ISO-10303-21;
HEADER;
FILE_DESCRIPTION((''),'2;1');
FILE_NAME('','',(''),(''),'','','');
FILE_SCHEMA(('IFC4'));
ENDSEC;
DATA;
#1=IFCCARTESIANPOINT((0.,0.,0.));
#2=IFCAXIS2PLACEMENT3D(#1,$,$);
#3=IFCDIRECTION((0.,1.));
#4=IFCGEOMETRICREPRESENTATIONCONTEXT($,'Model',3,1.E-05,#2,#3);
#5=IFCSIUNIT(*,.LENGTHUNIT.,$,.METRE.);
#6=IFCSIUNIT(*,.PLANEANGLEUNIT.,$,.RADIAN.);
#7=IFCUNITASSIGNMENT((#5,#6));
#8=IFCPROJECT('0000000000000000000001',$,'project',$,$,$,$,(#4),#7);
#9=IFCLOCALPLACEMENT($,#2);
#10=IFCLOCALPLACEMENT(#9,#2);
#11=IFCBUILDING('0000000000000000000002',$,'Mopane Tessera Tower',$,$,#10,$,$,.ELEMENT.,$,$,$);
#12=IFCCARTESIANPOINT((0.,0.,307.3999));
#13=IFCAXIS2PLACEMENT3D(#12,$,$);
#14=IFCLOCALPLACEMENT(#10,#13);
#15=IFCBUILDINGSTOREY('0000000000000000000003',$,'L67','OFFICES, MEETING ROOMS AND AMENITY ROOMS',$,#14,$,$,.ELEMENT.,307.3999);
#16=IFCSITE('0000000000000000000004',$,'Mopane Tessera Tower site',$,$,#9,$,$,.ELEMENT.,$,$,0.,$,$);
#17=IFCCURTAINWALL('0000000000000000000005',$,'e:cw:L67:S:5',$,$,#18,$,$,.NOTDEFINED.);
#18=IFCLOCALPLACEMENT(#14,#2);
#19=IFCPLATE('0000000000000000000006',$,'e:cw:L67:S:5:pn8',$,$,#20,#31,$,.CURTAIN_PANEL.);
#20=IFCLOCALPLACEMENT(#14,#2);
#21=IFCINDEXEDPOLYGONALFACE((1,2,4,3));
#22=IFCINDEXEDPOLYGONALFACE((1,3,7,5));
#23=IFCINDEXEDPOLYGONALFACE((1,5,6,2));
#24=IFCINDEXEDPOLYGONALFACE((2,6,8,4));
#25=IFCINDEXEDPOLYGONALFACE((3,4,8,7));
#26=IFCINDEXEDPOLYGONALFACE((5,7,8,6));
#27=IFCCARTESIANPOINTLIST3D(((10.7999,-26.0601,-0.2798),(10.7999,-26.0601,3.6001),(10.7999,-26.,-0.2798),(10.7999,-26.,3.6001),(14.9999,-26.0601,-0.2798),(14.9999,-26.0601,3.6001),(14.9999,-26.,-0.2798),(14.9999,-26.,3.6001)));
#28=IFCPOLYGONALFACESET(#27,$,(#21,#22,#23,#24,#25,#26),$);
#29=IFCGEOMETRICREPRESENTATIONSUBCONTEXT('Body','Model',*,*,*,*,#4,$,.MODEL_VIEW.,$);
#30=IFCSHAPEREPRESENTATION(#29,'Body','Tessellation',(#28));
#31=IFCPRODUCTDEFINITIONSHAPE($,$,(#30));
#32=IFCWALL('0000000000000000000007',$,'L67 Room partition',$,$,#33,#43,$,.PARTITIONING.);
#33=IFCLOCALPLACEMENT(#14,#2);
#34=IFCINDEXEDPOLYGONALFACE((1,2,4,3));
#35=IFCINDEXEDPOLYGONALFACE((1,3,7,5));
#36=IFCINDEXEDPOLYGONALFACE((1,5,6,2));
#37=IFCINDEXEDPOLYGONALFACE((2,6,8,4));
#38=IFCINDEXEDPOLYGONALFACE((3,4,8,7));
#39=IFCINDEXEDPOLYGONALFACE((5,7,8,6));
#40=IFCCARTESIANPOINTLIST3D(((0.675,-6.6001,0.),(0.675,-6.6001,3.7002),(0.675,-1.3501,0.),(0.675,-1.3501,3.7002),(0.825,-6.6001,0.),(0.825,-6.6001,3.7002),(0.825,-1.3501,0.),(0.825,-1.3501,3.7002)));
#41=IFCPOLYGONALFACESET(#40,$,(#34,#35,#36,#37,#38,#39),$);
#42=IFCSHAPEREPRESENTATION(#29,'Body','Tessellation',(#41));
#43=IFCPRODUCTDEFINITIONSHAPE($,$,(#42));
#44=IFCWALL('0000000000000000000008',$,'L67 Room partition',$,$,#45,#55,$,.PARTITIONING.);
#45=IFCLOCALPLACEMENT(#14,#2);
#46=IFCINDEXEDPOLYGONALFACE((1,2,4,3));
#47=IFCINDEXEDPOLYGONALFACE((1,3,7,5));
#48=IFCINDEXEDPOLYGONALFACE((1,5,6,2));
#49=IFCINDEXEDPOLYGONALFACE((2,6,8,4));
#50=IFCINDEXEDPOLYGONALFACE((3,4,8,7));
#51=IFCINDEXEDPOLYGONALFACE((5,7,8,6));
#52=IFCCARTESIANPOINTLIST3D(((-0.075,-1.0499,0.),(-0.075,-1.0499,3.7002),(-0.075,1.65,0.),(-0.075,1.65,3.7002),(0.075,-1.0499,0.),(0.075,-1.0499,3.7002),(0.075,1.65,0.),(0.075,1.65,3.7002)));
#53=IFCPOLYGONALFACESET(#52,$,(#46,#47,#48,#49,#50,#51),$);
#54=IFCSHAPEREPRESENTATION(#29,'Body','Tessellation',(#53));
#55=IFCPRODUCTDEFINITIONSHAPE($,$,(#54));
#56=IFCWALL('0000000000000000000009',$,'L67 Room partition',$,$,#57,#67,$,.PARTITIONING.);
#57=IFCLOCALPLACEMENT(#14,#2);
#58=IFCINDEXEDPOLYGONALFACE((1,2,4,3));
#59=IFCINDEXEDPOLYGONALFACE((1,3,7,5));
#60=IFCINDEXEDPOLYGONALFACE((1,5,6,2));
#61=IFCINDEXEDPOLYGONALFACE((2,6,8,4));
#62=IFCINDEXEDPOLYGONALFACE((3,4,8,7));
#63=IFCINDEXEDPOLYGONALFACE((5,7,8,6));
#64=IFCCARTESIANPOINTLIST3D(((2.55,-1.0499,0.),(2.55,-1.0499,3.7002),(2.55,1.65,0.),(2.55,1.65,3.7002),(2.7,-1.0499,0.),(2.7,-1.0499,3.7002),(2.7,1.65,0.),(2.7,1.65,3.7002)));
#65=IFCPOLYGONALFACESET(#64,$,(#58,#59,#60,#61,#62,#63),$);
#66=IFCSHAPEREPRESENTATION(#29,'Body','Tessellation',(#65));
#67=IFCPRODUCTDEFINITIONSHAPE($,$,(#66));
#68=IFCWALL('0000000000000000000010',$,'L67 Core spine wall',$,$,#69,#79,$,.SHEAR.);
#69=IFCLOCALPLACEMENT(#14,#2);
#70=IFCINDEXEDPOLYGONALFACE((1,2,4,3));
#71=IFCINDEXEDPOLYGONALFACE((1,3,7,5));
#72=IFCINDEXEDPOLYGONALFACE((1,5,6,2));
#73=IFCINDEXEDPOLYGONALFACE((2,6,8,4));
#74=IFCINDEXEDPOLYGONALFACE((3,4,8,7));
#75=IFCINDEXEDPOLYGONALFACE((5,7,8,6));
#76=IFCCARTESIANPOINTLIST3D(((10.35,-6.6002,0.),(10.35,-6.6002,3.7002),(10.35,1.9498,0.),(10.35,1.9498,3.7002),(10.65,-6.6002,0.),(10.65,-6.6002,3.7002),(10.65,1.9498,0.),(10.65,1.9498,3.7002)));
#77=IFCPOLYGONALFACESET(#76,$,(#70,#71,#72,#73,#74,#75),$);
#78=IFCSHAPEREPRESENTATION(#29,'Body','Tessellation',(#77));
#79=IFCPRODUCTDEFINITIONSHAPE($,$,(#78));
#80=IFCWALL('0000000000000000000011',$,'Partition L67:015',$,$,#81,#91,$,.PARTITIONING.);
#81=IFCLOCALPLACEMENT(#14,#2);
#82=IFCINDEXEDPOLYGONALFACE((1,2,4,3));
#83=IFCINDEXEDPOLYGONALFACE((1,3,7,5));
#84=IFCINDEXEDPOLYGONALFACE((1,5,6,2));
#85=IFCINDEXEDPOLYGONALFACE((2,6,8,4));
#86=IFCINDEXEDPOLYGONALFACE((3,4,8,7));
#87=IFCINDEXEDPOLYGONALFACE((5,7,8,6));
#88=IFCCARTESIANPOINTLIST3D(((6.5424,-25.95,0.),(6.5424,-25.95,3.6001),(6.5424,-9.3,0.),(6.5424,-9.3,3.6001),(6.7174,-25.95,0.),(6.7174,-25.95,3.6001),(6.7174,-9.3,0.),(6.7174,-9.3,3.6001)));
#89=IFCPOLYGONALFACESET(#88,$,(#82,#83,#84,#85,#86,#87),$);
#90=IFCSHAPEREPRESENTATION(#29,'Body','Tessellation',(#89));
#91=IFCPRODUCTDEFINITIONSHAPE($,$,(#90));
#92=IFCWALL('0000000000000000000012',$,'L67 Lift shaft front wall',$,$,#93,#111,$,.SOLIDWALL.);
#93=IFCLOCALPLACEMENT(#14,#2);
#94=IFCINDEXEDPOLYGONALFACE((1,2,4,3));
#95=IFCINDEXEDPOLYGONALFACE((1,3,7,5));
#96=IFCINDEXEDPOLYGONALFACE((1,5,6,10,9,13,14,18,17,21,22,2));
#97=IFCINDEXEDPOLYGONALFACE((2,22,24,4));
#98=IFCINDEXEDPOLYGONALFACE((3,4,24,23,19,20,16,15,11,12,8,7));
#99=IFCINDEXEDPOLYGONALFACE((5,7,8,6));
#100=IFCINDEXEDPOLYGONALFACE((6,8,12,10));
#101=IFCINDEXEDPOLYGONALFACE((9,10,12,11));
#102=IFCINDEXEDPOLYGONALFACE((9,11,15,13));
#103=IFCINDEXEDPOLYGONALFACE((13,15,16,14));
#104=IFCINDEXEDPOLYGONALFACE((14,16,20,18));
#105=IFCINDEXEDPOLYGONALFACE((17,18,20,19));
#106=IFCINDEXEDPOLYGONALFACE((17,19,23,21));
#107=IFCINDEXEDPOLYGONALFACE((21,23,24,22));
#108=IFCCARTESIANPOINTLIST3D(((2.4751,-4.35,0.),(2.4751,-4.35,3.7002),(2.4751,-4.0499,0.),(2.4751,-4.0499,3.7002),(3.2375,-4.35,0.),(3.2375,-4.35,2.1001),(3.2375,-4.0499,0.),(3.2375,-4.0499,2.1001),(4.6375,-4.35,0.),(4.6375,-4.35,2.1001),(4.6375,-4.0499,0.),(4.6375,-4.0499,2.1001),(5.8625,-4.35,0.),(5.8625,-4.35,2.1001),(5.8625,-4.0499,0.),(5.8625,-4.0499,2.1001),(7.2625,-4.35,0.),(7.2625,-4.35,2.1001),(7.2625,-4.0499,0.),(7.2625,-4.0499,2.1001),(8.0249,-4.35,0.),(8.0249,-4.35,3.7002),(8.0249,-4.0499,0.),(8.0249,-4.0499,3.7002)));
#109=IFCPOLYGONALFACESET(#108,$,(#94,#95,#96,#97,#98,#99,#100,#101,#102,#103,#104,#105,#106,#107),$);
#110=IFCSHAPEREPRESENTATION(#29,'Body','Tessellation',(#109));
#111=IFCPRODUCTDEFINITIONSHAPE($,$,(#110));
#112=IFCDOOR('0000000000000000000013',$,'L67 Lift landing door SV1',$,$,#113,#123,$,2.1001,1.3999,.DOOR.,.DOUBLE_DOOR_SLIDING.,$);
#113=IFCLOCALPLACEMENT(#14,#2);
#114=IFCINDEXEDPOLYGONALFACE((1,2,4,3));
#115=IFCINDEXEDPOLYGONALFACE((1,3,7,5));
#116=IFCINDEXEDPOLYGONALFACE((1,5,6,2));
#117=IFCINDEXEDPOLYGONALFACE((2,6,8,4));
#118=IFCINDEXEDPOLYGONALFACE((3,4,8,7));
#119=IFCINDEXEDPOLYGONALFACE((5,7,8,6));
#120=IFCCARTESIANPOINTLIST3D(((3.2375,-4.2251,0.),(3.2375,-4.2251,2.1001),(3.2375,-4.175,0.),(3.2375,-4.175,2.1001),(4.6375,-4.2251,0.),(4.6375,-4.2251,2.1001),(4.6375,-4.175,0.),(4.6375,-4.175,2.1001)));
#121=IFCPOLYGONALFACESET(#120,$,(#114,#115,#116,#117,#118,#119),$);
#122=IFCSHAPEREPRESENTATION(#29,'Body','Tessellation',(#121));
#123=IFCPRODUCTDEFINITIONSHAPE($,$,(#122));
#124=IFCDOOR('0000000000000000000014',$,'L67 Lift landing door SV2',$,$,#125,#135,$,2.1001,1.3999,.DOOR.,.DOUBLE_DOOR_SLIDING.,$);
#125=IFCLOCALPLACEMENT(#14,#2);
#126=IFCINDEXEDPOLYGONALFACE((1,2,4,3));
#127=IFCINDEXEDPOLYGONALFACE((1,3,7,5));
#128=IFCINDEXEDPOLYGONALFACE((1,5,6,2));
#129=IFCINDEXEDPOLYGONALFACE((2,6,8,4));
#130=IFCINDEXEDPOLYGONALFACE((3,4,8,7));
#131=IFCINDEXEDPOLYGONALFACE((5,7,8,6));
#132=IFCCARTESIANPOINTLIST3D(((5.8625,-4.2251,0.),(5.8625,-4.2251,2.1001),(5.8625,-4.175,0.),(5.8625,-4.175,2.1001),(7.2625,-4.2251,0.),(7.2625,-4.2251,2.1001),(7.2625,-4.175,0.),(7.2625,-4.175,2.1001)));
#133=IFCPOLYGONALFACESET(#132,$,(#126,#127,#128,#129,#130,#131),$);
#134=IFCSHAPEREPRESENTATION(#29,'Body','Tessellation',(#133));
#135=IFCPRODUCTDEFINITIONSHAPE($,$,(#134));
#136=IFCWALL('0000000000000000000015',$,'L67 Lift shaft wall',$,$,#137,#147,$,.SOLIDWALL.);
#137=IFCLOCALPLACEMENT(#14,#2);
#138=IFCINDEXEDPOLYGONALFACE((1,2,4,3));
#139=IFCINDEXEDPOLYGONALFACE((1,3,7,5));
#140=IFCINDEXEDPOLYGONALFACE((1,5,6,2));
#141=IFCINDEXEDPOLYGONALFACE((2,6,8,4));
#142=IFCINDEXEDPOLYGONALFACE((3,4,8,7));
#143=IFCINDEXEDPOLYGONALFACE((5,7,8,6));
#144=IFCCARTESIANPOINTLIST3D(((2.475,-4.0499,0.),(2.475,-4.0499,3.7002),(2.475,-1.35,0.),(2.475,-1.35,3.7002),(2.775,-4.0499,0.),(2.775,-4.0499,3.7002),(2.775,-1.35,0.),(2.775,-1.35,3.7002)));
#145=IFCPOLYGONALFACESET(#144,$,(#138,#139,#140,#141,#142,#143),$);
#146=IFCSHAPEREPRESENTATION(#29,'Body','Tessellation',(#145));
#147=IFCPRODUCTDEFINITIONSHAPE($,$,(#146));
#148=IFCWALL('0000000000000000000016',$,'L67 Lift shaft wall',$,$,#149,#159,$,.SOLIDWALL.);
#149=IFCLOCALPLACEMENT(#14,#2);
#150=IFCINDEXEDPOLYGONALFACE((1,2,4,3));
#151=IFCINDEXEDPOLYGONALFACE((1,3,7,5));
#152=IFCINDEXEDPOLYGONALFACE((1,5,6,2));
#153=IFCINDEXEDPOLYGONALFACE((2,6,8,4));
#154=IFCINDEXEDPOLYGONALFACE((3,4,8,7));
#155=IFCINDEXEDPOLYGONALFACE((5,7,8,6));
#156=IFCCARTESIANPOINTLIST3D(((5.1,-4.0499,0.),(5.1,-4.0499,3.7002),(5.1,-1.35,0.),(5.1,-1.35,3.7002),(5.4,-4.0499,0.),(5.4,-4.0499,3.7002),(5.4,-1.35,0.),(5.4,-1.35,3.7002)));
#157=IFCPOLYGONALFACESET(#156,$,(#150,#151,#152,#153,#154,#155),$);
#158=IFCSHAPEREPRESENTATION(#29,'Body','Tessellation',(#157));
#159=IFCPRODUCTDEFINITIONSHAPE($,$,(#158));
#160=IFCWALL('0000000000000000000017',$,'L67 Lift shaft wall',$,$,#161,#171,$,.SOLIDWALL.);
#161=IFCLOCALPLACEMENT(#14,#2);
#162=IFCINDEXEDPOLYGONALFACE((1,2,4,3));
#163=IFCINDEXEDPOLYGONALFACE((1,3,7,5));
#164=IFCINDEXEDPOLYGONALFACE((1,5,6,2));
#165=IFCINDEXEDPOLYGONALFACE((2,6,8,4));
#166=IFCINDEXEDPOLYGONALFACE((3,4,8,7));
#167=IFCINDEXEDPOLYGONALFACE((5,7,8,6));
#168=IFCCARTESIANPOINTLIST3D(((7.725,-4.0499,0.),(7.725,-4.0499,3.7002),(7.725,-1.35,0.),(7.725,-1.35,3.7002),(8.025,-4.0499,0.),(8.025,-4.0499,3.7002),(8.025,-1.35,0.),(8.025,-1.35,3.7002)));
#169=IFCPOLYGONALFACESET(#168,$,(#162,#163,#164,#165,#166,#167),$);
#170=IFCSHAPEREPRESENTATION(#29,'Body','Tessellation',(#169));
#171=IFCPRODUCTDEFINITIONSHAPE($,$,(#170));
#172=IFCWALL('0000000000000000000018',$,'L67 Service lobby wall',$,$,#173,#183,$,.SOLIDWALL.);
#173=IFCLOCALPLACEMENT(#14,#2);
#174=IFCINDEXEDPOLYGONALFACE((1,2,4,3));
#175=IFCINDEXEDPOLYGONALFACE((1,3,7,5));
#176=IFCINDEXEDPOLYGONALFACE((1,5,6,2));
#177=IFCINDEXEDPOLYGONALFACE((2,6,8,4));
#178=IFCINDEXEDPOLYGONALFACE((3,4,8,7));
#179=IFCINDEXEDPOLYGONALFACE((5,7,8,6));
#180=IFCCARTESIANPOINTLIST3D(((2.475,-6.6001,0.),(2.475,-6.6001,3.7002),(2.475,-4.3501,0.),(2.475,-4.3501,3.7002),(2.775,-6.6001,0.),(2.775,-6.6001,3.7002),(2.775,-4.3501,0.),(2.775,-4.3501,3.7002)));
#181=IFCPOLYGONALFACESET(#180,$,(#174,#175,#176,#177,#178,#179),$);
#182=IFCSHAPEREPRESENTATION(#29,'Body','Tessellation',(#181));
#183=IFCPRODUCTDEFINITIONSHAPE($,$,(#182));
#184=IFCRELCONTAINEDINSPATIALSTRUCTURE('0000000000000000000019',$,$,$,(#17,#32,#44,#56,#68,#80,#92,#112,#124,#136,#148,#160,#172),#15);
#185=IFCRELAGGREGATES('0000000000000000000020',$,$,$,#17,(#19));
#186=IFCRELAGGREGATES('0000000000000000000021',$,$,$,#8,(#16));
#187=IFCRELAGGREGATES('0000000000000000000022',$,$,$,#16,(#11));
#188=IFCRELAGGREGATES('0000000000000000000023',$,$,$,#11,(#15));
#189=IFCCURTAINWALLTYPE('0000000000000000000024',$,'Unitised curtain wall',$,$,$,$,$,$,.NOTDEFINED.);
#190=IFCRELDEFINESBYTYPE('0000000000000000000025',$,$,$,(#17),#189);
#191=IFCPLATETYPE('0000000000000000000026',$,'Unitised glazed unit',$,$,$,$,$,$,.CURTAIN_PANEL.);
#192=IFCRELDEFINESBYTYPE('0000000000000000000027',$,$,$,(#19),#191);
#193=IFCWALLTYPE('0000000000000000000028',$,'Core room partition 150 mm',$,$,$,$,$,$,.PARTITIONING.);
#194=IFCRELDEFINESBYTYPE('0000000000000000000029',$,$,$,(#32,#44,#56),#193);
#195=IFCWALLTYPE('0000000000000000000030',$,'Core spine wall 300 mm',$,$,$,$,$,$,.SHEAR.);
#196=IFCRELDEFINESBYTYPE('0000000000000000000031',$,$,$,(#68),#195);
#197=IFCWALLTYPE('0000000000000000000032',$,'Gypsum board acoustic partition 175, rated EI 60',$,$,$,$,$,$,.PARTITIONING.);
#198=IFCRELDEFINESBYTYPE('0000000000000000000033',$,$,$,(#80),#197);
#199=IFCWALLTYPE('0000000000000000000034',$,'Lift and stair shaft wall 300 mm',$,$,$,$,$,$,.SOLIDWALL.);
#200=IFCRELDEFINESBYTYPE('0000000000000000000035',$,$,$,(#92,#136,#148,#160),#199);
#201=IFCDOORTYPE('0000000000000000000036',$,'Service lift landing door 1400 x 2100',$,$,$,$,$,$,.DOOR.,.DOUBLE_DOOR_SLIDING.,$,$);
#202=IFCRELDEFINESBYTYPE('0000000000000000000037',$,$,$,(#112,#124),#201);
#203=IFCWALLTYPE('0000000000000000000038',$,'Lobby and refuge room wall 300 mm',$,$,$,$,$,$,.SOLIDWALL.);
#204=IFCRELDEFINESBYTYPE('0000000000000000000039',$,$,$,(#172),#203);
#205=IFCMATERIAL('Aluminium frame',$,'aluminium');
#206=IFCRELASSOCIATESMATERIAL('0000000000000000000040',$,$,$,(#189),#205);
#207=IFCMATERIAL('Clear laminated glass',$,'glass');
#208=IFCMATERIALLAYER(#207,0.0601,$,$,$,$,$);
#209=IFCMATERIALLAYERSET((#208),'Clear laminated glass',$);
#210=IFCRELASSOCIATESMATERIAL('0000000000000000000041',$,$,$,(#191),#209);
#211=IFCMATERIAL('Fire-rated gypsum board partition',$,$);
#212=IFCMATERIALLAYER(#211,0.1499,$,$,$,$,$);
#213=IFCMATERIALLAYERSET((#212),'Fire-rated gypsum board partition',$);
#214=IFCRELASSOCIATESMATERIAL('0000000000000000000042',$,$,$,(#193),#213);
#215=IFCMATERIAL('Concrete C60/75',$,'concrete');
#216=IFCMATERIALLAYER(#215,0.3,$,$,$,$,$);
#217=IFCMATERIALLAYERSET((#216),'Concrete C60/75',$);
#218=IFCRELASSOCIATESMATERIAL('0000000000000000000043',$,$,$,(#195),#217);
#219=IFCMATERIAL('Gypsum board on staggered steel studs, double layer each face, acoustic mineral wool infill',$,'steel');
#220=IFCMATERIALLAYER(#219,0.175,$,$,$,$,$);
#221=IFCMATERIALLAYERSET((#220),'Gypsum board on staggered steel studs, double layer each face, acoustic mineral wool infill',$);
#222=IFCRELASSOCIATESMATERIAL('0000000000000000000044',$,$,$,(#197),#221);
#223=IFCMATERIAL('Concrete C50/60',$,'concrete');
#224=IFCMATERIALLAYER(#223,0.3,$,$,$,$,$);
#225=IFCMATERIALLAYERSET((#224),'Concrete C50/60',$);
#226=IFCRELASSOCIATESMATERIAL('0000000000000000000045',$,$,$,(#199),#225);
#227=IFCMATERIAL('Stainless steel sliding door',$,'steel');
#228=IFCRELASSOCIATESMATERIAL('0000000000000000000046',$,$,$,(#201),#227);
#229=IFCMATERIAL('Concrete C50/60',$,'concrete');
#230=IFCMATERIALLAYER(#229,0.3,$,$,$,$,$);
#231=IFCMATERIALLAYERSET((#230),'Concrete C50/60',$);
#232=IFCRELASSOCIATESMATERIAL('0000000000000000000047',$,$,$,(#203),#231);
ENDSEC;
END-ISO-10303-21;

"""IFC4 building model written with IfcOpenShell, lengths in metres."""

from ifc_helpers import new_model, si_unit, direction, frame, frame_2d, origin, origin_2d, place, context, subcontext, project, spatial, rectangle, extrude, material, layer, layer_set, type_object, element, fill, aggregate, save


model = new_model("IFC4")

# Units and contexts
model_context = context("Model", 3, precision=1e-05, world=origin(), true_north=direction((0.0, 1.0)))
body_context = subcontext(model_context, "Body", "Model", "MODEL_VIEW")
ifc_project = project(units=[si_unit("LENGTHUNIT", "METRE"), si_unit("PLANEANGLEUNIT", "RADIAN")], contexts=[model_context])

# Site, building, storey
site_placement = place(None, origin())
site = spatial("IfcSite", under=ifc_project, at=site_placement, Name="Mopane Tessera Tower site", CompositionType="ELEMENT", RefElevation=0.0)
building_placement = place(site_placement, origin())
building = spatial("IfcBuilding", under=site, at=building_placement, Name="Mopane Tessera Tower", CompositionType="ELEMENT")
storey_placement = place(building_placement, frame((0.0, 0.0, 307.3999)))
storey = spatial("IfcBuildingStorey", under=building, at=storey_placement, Name="L67", Description="OFFICES, MEETING ROOMS AND AMENITY ROOMS", CompositionType="ELEMENT", Elevation=307.3999)

# Curtain wall
ifc_material_1 = material(Name="Aluminium frame", Category="aluminium")
curtain_wall_type = type_object("IfcCurtainWallType", Name="Unitised curtain wall", PredefinedType="NOTDEFINED", material=ifc_material_1)
curtain_wall_1_placement = place(storey_placement, origin())
curtain_wall_1 = element("IfcCurtainWall", 1, at=curtain_wall_1_placement, inside=storey, type_object=curtain_wall_type, Name="e:cw:L67:S:5", PredefinedType="NOTDEFINED")

# Plate
ifc_material_2 = material(Name="Clear laminated glass", Category="glass")
ifc_layer_1 = layer(ifc_material_2, 0.0601)
ifc_layer_set_1 = layer_set([ifc_layer_1], Name="Clear laminated glass")
plate_type = type_object("IfcPlateType", Name="Unitised glazed unit", PredefinedType="CURTAIN_PANEL", material=ifc_layer_set_1)
plate_1_placement = place(storey_placement, frame((12.8999, -26.03, -0.2798), z_axis=(0.0, 0.0, 1.0), x_axis=(1.0, 0.0, 0.0)))
plate_1 = element("IfcPlate", 2, at=plate_1_placement, type_object=plate_type, Name="e:cw:L67:S:5:pn8", PredefinedType="CURTAIN_PANEL", context=body_context, shape_type="SweptSolid", body=[
    extrude(rectangle(XDim=4.2, YDim=0.0601, at=origin_2d()), origin(), (0.0, 0.0, 1.0), 3.8799),
])
aggregate(curtain_wall_1, [plate_1])

# Walls
ifc_material_3 = material(Name="Fire-rated gypsum board partition")
ifc_layer_2 = layer(ifc_material_3, 0.1499)
ifc_layer_set_2 = layer_set([ifc_layer_2], Name="Fire-rated gypsum board partition")
wall_type_1 = type_object("IfcWallType", Name="Core room partition 150 mm", PredefinedType="PARTITIONING", material=ifc_layer_set_2)
wall_1_placement = place(storey_placement, frame((0.75, -6.6001, 0.0), z_axis=(0.0, 0.0, 1.0), x_axis=(0.0, 1.0, 0.0)))
element("IfcWall", 3, at=wall_1_placement, inside=storey, type_object=wall_type_1, Name="L67 Room partition", PredefinedType="PARTITIONING", context=body_context, shape_type="SweptSolid", body=[
    extrude(rectangle(XDim=5.25, YDim=0.1499, at=frame_2d((2.625, 0.0))), origin(), (0.0, 0.0, 1.0), 3.7002),
])
for number, where, z_axis, x_axis, name in (
    (4, (0.0, -1.05, 0.0), (0.0, 0.0, 1.0), (0.0, 1.0, 0.0), "L67 Room partition"),
    (5, (2.625, -1.05, 0.0), (0.0, 0.0, 1.0), (0.0, 1.0, 0.0), "L67 Room partition"),
):
    element("IfcWall", number, at=place(storey_placement, frame(where, z_axis=z_axis, x_axis=x_axis)), inside=storey, type_object=wall_type_1, Name=name, PredefinedType="PARTITIONING", context=body_context, shape_type="SweptSolid", body=[
        extrude(rectangle(XDim=2.7, YDim=0.1499, at=frame_2d((1.3501, 0.0))), origin(), (0.0, 0.0, 1.0), 3.7002),
    ])
ifc_material_4 = material(Name="Concrete C60/75", Category="concrete")
ifc_layer_3 = layer(ifc_material_4, 0.3)
ifc_layer_set_3 = layer_set([ifc_layer_3], Name="Concrete C60/75")
wall_type_2 = type_object("IfcWallType", Name="Core spine wall 300 mm", PredefinedType="SHEAR", material=ifc_layer_set_3)
wall_2_placement = place(storey_placement, frame((10.5, -6.6001, 0.0), z_axis=(0.0, 0.0, 1.0), x_axis=(0.0, 1.0, 0.0)))
element("IfcWall", 6, at=wall_2_placement, inside=storey, type_object=wall_type_2, Name="L67 Core spine wall", PredefinedType="SHEAR", context=body_context, shape_type="SweptSolid", body=[
    extrude(rectangle(XDim=8.55, YDim=0.3, at=frame_2d((4.2749, 0.0))), origin(), (0.0, 0.0, 1.0), 3.7002),
])
ifc_material_5 = material(Name="Gypsum board on staggered steel studs, double layer each face, acoustic mineral wool infill", Category="steel")
ifc_layer_4 = layer(ifc_material_5, 0.175)
ifc_layer_set_4 = layer_set([ifc_layer_4], Name="Gypsum board on staggered steel studs, double layer each face, acoustic mineral wool infill")
wall_type_3 = type_object("IfcWallType", Name="Gypsum board acoustic partition 175, rated EI 60", PredefinedType="PARTITIONING", material=ifc_layer_set_4)
wall_3_placement = place(storey_placement, frame((6.6299, -25.95, 0.0), z_axis=(0.0, 0.0, 1.0), x_axis=(0.0, 1.0, 0.0)))
element("IfcWall", 7, at=wall_3_placement, inside=storey, type_object=wall_type_3, Name="Partition L67:015", PredefinedType="PARTITIONING", context=body_context, shape_type="SweptSolid", body=[
    extrude(rectangle(XDim=16.6499, YDim=0.175, at=frame_2d((8.325, 0.0))), origin(), (0.0, 0.0, 1.0), 3.6001),
])

# Wall, openings, doors
ifc_material_6 = material(Name="Concrete C50/60", Category="concrete")
ifc_layer_5 = layer(ifc_material_6, 0.3)
ifc_layer_set_5 = layer_set([ifc_layer_5], Name="Concrete C50/60")
wall_type_4 = type_object("IfcWallType", Name="Lift and stair shaft wall 300 mm", PredefinedType="SOLIDWALL", material=ifc_layer_set_5)
wall_4_placement = place(storey_placement, frame((2.4751, -4.2, 0.0), z_axis=(0.0, 0.0, 1.0), x_axis=(1.0, 0.0, 0.0)))
wall_4 = element("IfcWall", 8, at=wall_4_placement, inside=storey, type_object=wall_type_4, Name="L67 Lift shaft front wall", PredefinedType="SOLIDWALL", context=body_context, shape_type="SweptSolid", body=[
    extrude(rectangle(XDim=5.5498, YDim=0.3, at=frame_2d((2.7749, 0.0))), origin(), (0.0, 0.0, 1.0), 3.7002),
])
opening_1_placement = place(wall_4_placement, frame((0.7625, 0.0, 0.0)))
opening_1 = element("IfcOpeningElement", 9, at=opening_1_placement, cuts=wall_4, PredefinedType="OPENING", context=body_context, shape_type="SweptSolid", body=[
    extrude(rectangle(XDim=1.3999, YDim=2.1001, at=frame_2d((0.7, 1.05))), frame((0.0, 0.1621, 0.0), z_axis=(0.0, -1.0, 0.0), x_axis=(1.0, 0.0, 0.0)), (0.0, 0.0, 1.0), 0.324),
])
opening_2_placement = place(wall_4_placement, frame((3.3875, 0.0, 0.0)))
opening_2 = element("IfcOpeningElement", 10, at=opening_2_placement, cuts=wall_4, PredefinedType="OPENING", context=body_context, shape_type="SweptSolid", body=[
    extrude(rectangle(XDim=1.3999, YDim=2.1001, at=frame_2d((0.7, 1.05))), frame((0.0, 0.1621, 0.0), z_axis=(0.0, -1.0, 0.0), x_axis=(1.0, 0.0, 0.0)), (0.0, 0.0, 1.0), 0.324),
])
ifc_material_7 = material(Name="Stainless steel sliding door", Category="steel")
door_type = type_object("IfcDoorType", Name="Service lift landing door 1400 x 2100", OperationType="DOUBLE_DOOR_SLIDING", PredefinedType="DOOR", material=ifc_material_7)
door_1_placement = place(opening_1_placement, origin())
door_1 = element("IfcDoor", 11, at=door_1_placement, inside=storey, type_object=door_type, Name="L67 Lift landing door SV1", OperationType="DOUBLE_DOOR_SLIDING", OverallHeight=2.1001, OverallWidth=1.3999, PredefinedType="DOOR", context=body_context, shape_type="SweptSolid", body=[
    extrude(rectangle(XDim=1.3999, YDim=2.1001, at=frame_2d((0.7, 1.05))), frame((0.0, 0.0249, 0.0), z_axis=(0.0, -1.0, 0.0), x_axis=(1.0, 0.0, 0.0)), (0.0, 0.0, 1.0), 0.05),
])
fill(opening_1, door_1)
door_2_placement = place(opening_2_placement, origin())
door_2 = element("IfcDoor", 12, at=door_2_placement, inside=storey, type_object=door_type, Name="L67 Lift landing door SV2", OperationType="DOUBLE_DOOR_SLIDING", OverallHeight=2.1001, OverallWidth=1.3999, PredefinedType="DOOR", context=body_context, shape_type="SweptSolid", body=[
    extrude(rectangle(XDim=1.3999, YDim=2.1001, at=frame_2d((0.7, 1.05))), frame((0.0, 0.0249, 0.0), z_axis=(0.0, -1.0, 0.0), x_axis=(1.0, 0.0, 0.0)), (0.0, 0.0, 1.0), 0.05),
])
fill(opening_2, door_2)

# Walls
for number, where, z_axis, x_axis, name in (
    (13, (2.625, -4.05, 0.0), (0.0, 0.0, 1.0), (0.0, 1.0, 0.0), "L67 Lift shaft wall"),
    (14, (5.25, -4.05, 0.0), (0.0, 0.0, 1.0), (0.0, 1.0, 0.0), "L67 Lift shaft wall"),
    (15, (7.875, -4.05, 0.0), (0.0, 0.0, 1.0), (0.0, 1.0, 0.0), "L67 Lift shaft wall"),
):
    element("IfcWall", number, at=place(storey_placement, frame(where, z_axis=z_axis, x_axis=x_axis)), inside=storey, type_object=wall_type_4, Name=name, PredefinedType="SOLIDWALL", context=body_context, shape_type="SweptSolid", body=[
        extrude(rectangle(XDim=2.7, YDim=0.3, at=frame_2d((1.3501, 0.0))), origin(), (0.0, 0.0, 1.0), 3.7002),
    ])
ifc_material_8 = material(Name="Concrete C50/60", Category="concrete")
ifc_layer_6 = layer(ifc_material_8, 0.3)
ifc_layer_set_6 = layer_set([ifc_layer_6], Name="Concrete C50/60")
wall_type_5 = type_object("IfcWallType", Name="Lobby and refuge room wall 300 mm", PredefinedType="SOLIDWALL", material=ifc_layer_set_6)
for number, where, z_axis, x_axis, name in (
    (16, (2.625, -6.6001, 0.0), (0.0, 0.0, 1.0), (0.0, 1.0, 0.0), "L67 Service lobby wall"),
):
    element("IfcWall", number, at=place(storey_placement, frame(where, z_axis=z_axis, x_axis=x_axis)), inside=storey, type_object=wall_type_5, Name=name, PredefinedType="SOLIDWALL", context=body_context, shape_type="SweptSolid", body=[
        extrude(rectangle(XDim=2.25, YDim=0.3, at=frame_2d((1.125, 0.0))), origin(), (0.0, 0.0, 1.0), 3.7002),
    ])

save(model, "model.ifc")
